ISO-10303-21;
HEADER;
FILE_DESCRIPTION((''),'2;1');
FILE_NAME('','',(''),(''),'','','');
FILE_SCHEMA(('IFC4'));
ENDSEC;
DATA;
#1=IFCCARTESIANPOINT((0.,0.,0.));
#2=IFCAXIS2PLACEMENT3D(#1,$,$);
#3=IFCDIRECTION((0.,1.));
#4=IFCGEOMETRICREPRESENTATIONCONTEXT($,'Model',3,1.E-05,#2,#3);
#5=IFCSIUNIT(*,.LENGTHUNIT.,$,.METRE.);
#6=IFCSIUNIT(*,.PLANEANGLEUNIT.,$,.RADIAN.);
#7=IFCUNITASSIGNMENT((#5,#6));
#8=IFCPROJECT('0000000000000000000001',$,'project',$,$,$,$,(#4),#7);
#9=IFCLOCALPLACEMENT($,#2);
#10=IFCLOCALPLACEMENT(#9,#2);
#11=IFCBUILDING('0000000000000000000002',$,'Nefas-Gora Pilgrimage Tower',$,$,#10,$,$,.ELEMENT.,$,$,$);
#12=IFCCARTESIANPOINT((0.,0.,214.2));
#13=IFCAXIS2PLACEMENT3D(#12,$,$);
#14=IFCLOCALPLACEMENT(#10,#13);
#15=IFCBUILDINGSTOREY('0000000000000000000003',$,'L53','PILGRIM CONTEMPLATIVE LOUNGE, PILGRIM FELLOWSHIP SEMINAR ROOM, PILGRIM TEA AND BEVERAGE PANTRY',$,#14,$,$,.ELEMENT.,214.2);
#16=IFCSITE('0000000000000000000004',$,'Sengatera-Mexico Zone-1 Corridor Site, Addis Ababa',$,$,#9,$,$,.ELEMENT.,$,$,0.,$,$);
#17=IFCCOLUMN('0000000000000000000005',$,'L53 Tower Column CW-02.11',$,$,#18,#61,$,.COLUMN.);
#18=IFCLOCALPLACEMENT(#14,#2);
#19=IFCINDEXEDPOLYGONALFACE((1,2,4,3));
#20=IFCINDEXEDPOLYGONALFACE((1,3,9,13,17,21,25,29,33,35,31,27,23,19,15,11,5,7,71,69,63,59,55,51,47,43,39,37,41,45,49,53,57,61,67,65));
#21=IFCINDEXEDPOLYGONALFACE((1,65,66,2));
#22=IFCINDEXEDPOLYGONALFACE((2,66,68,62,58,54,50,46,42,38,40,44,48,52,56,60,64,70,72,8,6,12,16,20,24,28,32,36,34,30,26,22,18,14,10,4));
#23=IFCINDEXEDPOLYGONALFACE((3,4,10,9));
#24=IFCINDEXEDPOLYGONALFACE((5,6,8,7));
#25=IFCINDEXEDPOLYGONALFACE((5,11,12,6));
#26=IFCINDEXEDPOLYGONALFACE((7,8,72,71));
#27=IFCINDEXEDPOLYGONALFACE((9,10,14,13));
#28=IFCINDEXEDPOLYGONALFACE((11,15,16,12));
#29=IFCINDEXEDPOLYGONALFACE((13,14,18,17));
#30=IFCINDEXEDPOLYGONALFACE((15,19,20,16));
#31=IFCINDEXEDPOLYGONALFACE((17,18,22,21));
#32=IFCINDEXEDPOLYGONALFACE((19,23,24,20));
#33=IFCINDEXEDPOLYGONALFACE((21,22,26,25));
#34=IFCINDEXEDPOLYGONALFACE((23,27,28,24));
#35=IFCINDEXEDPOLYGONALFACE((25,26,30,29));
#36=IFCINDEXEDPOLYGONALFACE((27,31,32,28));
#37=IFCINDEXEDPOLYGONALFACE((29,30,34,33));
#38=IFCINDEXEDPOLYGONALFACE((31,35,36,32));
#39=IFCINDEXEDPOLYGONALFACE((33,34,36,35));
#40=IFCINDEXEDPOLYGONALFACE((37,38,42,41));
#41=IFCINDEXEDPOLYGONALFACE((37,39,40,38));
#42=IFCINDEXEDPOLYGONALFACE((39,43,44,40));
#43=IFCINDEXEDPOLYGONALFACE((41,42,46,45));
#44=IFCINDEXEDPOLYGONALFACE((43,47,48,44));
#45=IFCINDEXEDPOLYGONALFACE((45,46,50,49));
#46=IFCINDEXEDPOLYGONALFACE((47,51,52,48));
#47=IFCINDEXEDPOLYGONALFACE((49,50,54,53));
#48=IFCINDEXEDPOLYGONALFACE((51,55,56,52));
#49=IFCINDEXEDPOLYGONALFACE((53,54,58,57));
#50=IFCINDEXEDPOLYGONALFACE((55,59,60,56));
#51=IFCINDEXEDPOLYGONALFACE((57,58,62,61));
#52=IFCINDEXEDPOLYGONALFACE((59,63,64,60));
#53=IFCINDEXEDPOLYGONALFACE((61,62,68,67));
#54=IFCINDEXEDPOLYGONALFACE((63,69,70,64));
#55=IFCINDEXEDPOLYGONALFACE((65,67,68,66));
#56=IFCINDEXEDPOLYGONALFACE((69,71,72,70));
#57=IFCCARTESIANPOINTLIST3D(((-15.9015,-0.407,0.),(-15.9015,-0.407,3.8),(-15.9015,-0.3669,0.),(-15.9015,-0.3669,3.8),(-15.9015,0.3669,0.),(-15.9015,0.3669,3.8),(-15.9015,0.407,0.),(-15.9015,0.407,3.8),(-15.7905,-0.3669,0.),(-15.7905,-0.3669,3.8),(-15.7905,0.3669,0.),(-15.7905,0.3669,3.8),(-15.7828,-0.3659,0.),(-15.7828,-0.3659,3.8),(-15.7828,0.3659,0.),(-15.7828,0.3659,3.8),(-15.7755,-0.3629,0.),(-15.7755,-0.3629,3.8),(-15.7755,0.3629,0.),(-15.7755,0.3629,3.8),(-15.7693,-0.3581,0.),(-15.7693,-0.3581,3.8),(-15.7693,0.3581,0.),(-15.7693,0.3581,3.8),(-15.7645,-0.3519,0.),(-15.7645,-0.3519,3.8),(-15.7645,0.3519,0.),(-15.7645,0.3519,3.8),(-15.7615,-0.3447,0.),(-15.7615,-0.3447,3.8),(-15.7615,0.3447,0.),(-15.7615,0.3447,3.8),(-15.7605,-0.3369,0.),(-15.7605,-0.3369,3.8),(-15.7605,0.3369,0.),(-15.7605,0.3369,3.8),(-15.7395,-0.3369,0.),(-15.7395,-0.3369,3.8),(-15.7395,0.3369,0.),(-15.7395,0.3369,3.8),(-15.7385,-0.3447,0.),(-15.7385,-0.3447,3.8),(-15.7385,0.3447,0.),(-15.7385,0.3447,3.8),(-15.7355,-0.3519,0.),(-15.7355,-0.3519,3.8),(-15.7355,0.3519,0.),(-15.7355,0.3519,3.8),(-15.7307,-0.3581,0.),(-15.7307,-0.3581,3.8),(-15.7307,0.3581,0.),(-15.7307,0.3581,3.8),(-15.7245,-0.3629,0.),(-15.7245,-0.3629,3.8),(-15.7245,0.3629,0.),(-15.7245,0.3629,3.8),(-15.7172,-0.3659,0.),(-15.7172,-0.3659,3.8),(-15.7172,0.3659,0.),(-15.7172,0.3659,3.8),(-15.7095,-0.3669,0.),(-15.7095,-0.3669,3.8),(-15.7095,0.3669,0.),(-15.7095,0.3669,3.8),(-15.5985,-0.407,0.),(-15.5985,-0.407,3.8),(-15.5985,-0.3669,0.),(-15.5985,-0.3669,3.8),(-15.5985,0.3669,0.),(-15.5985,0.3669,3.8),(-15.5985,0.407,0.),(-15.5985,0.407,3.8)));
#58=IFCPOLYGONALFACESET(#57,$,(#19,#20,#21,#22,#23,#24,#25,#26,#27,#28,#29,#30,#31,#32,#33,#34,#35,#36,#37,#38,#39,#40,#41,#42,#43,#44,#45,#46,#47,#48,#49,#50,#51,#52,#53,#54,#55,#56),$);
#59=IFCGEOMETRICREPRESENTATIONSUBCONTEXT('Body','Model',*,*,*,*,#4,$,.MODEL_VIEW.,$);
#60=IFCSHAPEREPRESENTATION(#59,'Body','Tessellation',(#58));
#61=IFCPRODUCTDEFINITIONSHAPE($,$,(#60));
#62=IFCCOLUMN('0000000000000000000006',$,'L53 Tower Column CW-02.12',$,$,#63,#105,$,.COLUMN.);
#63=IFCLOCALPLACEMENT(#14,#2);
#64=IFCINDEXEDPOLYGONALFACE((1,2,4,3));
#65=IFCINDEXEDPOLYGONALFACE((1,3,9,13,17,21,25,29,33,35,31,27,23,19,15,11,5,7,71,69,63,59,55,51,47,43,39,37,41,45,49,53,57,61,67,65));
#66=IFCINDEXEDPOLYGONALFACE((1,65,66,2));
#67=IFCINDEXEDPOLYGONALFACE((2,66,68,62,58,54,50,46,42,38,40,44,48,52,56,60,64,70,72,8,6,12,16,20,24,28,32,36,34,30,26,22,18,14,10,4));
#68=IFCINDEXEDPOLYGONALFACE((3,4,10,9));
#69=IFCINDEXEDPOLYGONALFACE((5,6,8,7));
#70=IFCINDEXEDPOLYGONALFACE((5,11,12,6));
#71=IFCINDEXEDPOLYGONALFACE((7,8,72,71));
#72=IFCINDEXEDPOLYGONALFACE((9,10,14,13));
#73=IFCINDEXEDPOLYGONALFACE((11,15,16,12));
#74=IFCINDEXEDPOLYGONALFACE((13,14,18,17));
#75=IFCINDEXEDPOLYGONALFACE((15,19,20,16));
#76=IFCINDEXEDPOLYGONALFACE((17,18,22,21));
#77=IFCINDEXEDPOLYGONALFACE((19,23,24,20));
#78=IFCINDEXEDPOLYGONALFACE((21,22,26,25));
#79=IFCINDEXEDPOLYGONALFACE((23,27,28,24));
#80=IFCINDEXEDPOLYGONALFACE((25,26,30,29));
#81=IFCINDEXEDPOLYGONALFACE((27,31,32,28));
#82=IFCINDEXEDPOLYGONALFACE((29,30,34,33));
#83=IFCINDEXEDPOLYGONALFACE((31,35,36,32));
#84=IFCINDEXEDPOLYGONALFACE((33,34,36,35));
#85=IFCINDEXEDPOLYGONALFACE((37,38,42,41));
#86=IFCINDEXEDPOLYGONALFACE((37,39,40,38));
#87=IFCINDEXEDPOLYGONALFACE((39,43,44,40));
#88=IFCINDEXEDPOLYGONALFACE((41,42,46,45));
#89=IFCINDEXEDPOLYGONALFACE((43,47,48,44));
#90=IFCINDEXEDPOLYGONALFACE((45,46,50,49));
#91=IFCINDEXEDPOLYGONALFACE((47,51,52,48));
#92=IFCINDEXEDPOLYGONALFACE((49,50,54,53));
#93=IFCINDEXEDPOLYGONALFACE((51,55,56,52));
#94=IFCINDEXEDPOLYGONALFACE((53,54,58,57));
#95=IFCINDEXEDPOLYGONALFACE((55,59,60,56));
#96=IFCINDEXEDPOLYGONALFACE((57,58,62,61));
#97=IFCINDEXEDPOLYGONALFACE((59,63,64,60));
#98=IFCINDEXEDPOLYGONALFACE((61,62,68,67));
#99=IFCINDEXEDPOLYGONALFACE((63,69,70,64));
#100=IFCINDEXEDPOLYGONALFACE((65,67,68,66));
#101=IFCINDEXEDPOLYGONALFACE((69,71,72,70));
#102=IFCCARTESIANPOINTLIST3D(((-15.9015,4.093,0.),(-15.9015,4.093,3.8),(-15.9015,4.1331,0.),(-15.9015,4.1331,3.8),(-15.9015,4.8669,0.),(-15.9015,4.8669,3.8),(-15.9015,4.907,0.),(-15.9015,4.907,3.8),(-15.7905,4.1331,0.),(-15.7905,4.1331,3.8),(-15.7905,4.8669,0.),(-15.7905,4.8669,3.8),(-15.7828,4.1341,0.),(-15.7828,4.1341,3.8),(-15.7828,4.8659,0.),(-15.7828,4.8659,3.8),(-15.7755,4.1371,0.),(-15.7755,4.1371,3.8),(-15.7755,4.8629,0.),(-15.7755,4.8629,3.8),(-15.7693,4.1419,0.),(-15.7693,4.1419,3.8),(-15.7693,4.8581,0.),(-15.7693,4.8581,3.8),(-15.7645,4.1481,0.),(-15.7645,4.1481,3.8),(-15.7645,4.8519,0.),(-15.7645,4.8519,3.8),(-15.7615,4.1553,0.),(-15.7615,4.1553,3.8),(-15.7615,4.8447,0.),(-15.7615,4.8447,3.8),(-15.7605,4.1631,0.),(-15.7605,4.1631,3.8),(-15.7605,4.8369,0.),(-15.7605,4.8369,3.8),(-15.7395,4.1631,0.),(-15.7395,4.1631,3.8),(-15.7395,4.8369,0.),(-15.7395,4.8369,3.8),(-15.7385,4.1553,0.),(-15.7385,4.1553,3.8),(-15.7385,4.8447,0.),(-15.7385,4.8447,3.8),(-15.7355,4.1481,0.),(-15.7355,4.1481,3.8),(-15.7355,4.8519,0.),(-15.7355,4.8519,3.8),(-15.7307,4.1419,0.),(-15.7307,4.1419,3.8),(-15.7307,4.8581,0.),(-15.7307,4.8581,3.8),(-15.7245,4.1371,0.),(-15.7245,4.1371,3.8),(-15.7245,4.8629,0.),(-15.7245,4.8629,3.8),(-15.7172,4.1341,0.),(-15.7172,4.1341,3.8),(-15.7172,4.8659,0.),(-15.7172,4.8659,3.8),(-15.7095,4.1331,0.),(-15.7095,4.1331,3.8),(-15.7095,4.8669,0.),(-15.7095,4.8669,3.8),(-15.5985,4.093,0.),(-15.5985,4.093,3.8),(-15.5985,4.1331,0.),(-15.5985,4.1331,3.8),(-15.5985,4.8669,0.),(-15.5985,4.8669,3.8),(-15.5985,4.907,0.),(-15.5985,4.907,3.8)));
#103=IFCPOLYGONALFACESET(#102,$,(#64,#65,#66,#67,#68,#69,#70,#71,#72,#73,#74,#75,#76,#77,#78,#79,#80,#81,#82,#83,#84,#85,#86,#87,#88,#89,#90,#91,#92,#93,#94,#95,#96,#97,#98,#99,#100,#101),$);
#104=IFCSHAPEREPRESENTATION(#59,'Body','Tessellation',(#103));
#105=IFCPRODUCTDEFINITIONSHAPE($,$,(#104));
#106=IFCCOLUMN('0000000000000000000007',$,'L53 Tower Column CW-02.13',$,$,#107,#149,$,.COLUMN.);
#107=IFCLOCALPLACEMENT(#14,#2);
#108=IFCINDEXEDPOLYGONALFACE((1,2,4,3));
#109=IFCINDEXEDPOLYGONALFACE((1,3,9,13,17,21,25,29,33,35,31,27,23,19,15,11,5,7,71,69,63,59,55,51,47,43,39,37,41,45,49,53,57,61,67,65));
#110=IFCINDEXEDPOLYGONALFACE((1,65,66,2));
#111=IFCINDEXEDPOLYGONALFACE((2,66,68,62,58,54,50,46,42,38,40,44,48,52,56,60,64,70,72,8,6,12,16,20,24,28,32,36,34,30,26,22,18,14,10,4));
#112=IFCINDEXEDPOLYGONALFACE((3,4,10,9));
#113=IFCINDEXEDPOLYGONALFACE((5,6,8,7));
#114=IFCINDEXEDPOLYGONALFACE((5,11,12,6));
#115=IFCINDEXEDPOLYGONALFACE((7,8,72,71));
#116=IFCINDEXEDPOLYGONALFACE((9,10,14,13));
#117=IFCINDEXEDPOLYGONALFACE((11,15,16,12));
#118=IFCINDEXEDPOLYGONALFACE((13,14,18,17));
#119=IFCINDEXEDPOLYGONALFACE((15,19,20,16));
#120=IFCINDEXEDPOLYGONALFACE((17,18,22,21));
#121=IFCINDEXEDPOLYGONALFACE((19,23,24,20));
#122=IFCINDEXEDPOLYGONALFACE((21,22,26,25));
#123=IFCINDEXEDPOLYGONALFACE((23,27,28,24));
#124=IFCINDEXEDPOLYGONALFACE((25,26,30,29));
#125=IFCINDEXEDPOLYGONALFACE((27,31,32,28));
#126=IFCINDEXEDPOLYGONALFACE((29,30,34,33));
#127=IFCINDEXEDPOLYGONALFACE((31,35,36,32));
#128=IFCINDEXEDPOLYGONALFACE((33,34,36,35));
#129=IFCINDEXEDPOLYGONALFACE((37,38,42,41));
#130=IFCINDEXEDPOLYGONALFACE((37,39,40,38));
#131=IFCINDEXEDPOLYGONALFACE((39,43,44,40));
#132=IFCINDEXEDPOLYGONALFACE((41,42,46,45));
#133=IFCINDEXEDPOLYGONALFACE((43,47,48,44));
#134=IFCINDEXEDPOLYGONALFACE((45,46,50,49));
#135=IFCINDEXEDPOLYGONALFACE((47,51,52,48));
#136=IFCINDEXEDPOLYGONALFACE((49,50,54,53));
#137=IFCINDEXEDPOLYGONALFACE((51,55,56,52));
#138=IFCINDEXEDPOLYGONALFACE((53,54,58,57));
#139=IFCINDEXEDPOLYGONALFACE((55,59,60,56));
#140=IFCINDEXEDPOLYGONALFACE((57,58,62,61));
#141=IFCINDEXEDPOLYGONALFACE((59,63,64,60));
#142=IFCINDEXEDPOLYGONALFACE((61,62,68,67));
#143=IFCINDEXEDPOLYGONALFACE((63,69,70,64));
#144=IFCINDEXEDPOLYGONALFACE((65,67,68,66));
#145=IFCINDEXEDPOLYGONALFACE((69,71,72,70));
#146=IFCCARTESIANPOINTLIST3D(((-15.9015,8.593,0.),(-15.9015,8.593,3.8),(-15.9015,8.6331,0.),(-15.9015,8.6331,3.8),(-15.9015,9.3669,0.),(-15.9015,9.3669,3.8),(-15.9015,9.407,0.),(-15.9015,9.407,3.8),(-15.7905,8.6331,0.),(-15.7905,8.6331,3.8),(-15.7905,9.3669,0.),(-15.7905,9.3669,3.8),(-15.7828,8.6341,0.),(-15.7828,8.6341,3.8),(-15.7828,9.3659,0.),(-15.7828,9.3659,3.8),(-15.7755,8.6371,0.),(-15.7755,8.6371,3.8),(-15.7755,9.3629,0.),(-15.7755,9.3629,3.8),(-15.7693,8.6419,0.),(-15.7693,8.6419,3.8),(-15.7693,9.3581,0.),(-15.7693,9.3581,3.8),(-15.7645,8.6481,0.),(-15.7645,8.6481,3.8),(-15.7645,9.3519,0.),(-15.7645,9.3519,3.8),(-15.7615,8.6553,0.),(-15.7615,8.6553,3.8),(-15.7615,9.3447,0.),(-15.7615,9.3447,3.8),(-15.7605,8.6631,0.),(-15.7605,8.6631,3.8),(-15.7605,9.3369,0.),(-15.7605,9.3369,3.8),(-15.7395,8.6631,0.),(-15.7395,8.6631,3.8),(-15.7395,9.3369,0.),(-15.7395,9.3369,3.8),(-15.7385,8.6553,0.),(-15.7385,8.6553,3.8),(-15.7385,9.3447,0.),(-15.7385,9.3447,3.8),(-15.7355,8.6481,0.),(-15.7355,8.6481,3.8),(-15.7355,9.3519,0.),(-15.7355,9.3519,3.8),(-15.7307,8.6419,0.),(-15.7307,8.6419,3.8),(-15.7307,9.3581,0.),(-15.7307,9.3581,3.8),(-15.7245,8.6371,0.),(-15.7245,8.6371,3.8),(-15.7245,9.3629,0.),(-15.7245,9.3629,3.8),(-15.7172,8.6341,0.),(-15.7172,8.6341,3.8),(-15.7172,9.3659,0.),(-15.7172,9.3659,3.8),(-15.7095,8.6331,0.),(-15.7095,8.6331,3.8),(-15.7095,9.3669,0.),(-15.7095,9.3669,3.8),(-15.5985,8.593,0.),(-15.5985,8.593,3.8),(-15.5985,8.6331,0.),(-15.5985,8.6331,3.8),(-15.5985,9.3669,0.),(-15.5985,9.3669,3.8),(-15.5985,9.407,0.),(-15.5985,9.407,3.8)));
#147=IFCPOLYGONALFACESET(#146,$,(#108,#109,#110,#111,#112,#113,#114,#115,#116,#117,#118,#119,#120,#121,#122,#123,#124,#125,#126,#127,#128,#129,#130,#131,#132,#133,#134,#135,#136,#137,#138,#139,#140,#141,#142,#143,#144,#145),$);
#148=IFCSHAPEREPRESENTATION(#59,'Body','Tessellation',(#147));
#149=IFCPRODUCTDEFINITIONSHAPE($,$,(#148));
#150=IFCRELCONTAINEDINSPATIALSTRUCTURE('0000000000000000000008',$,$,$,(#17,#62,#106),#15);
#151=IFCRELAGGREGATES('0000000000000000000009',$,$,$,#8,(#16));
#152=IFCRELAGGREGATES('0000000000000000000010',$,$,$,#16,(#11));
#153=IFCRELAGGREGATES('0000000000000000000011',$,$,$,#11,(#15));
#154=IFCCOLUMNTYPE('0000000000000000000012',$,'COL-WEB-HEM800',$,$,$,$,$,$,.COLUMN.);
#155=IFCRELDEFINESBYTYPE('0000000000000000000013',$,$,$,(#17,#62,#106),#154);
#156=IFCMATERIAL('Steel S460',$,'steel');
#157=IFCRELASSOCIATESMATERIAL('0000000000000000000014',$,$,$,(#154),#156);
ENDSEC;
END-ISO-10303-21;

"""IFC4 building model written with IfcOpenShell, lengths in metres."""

from ifc_helpers import new_model, si_unit, direction, frame, origin, origin_2d, place, context, subcontext, project, spatial, i_section, extrude, source, transform, mapped, material, material_profile, profile_set, type_object, element, save


model = new_model("IFC4")

# Units and contexts
model_context = context("Model", 3, precision=1e-05, world=origin(), true_north=direction((0.0, 1.0)))
body_context = subcontext(model_context, "Body", "Model", "MODEL_VIEW")
ifc_project = project(units=[si_unit("LENGTHUNIT", "METRE"), si_unit("PLANEANGLEUNIT", "RADIAN")], contexts=[model_context])

# Site, building, storey
site_placement = place(None, origin())
site = spatial("IfcSite", under=ifc_project, at=site_placement, Name="Sengatera-Mexico Zone-1 Corridor Site, Addis Ababa", CompositionType="ELEMENT", RefElevation=0.0)
building_placement = place(site_placement, origin())
building = spatial("IfcBuilding", under=site, at=building_placement, Name="Nefas-Gora Pilgrimage Tower", CompositionType="ELEMENT")
storey_placement = place(building_placement, frame((0.0, 0.0, 214.2)))
storey = spatial("IfcBuildingStorey", under=building, at=storey_placement, Name="L53", Description="PILGRIM CONTEMPLATIVE LOUNGE, PILGRIM FELLOWSHIP SEMINAR ROOM, PILGRIM TEA AND BEVERAGE PANTRY", CompositionType="ELEMENT", Elevation=214.2)

# Columns
ifc_material_1 = material(Name="Steel S460", Category="steel")
ifc_material_profile_1 = material_profile(ifc_material_1, i_section(OverallWidth=0.303, OverallDepth=0.814, WebThickness=0.021, FlangeThickness=0.04, FilletRadius=0.03, at=origin_2d()), Name="HEM 800")
ifc_profile_set_1 = profile_set([ifc_material_profile_1], Name="Steel S460")
column_type_1 = type_object("IfcColumnType", Name="COL-WEB-HEM800", PredefinedType="COLUMN", material=ifc_profile_set_1)
shared_shape_1 = source(origin(), body_context, "Body", "SweptSolid", [
    extrude(i_section(OverallWidth=0.303, OverallDepth=0.814, WebThickness=0.021, FlangeThickness=0.04, FilletRadius=0.03, at=origin_2d()), origin(), (0.0, 0.0, 1.0), 3.8),
])
for number, where, z_axis, x_axis, name in (
    (1, (-15.75, 0.0, 0.0), (0.0, 0.0, 1.0), (1.0, 0.0, 0.0), "L53 Tower Column CW-02.11"),
    (2, (-15.75, 4.5, 0.0), (0.0, 0.0, 1.0), (1.0, 0.0, 0.0), "L53 Tower Column CW-02.12"),
    (3, (-15.75, 9.0, 0.0), (0.0, 0.0, 1.0), (1.0, 0.0, 0.0), "L53 Tower Column CW-02.13"),
):
    element("IfcColumn", number, at=place(storey_placement, frame(where, z_axis=z_axis, x_axis=x_axis)), inside=storey, type_object=column_type_1, Name=name, PredefinedType="COLUMN", context=body_context, shape_type="MappedRepresentation", body=[
        mapped(shared_shape_1, transform((0.0, 0.0, 0.0), x_axis=(1.0, 0.0, 0.0), y_axis=(0.0, 1.0, 0.0), z_axis=(0.0, 0.0, 1.0), scale=1.0)),
    ])

save(model, "model.ifc")
